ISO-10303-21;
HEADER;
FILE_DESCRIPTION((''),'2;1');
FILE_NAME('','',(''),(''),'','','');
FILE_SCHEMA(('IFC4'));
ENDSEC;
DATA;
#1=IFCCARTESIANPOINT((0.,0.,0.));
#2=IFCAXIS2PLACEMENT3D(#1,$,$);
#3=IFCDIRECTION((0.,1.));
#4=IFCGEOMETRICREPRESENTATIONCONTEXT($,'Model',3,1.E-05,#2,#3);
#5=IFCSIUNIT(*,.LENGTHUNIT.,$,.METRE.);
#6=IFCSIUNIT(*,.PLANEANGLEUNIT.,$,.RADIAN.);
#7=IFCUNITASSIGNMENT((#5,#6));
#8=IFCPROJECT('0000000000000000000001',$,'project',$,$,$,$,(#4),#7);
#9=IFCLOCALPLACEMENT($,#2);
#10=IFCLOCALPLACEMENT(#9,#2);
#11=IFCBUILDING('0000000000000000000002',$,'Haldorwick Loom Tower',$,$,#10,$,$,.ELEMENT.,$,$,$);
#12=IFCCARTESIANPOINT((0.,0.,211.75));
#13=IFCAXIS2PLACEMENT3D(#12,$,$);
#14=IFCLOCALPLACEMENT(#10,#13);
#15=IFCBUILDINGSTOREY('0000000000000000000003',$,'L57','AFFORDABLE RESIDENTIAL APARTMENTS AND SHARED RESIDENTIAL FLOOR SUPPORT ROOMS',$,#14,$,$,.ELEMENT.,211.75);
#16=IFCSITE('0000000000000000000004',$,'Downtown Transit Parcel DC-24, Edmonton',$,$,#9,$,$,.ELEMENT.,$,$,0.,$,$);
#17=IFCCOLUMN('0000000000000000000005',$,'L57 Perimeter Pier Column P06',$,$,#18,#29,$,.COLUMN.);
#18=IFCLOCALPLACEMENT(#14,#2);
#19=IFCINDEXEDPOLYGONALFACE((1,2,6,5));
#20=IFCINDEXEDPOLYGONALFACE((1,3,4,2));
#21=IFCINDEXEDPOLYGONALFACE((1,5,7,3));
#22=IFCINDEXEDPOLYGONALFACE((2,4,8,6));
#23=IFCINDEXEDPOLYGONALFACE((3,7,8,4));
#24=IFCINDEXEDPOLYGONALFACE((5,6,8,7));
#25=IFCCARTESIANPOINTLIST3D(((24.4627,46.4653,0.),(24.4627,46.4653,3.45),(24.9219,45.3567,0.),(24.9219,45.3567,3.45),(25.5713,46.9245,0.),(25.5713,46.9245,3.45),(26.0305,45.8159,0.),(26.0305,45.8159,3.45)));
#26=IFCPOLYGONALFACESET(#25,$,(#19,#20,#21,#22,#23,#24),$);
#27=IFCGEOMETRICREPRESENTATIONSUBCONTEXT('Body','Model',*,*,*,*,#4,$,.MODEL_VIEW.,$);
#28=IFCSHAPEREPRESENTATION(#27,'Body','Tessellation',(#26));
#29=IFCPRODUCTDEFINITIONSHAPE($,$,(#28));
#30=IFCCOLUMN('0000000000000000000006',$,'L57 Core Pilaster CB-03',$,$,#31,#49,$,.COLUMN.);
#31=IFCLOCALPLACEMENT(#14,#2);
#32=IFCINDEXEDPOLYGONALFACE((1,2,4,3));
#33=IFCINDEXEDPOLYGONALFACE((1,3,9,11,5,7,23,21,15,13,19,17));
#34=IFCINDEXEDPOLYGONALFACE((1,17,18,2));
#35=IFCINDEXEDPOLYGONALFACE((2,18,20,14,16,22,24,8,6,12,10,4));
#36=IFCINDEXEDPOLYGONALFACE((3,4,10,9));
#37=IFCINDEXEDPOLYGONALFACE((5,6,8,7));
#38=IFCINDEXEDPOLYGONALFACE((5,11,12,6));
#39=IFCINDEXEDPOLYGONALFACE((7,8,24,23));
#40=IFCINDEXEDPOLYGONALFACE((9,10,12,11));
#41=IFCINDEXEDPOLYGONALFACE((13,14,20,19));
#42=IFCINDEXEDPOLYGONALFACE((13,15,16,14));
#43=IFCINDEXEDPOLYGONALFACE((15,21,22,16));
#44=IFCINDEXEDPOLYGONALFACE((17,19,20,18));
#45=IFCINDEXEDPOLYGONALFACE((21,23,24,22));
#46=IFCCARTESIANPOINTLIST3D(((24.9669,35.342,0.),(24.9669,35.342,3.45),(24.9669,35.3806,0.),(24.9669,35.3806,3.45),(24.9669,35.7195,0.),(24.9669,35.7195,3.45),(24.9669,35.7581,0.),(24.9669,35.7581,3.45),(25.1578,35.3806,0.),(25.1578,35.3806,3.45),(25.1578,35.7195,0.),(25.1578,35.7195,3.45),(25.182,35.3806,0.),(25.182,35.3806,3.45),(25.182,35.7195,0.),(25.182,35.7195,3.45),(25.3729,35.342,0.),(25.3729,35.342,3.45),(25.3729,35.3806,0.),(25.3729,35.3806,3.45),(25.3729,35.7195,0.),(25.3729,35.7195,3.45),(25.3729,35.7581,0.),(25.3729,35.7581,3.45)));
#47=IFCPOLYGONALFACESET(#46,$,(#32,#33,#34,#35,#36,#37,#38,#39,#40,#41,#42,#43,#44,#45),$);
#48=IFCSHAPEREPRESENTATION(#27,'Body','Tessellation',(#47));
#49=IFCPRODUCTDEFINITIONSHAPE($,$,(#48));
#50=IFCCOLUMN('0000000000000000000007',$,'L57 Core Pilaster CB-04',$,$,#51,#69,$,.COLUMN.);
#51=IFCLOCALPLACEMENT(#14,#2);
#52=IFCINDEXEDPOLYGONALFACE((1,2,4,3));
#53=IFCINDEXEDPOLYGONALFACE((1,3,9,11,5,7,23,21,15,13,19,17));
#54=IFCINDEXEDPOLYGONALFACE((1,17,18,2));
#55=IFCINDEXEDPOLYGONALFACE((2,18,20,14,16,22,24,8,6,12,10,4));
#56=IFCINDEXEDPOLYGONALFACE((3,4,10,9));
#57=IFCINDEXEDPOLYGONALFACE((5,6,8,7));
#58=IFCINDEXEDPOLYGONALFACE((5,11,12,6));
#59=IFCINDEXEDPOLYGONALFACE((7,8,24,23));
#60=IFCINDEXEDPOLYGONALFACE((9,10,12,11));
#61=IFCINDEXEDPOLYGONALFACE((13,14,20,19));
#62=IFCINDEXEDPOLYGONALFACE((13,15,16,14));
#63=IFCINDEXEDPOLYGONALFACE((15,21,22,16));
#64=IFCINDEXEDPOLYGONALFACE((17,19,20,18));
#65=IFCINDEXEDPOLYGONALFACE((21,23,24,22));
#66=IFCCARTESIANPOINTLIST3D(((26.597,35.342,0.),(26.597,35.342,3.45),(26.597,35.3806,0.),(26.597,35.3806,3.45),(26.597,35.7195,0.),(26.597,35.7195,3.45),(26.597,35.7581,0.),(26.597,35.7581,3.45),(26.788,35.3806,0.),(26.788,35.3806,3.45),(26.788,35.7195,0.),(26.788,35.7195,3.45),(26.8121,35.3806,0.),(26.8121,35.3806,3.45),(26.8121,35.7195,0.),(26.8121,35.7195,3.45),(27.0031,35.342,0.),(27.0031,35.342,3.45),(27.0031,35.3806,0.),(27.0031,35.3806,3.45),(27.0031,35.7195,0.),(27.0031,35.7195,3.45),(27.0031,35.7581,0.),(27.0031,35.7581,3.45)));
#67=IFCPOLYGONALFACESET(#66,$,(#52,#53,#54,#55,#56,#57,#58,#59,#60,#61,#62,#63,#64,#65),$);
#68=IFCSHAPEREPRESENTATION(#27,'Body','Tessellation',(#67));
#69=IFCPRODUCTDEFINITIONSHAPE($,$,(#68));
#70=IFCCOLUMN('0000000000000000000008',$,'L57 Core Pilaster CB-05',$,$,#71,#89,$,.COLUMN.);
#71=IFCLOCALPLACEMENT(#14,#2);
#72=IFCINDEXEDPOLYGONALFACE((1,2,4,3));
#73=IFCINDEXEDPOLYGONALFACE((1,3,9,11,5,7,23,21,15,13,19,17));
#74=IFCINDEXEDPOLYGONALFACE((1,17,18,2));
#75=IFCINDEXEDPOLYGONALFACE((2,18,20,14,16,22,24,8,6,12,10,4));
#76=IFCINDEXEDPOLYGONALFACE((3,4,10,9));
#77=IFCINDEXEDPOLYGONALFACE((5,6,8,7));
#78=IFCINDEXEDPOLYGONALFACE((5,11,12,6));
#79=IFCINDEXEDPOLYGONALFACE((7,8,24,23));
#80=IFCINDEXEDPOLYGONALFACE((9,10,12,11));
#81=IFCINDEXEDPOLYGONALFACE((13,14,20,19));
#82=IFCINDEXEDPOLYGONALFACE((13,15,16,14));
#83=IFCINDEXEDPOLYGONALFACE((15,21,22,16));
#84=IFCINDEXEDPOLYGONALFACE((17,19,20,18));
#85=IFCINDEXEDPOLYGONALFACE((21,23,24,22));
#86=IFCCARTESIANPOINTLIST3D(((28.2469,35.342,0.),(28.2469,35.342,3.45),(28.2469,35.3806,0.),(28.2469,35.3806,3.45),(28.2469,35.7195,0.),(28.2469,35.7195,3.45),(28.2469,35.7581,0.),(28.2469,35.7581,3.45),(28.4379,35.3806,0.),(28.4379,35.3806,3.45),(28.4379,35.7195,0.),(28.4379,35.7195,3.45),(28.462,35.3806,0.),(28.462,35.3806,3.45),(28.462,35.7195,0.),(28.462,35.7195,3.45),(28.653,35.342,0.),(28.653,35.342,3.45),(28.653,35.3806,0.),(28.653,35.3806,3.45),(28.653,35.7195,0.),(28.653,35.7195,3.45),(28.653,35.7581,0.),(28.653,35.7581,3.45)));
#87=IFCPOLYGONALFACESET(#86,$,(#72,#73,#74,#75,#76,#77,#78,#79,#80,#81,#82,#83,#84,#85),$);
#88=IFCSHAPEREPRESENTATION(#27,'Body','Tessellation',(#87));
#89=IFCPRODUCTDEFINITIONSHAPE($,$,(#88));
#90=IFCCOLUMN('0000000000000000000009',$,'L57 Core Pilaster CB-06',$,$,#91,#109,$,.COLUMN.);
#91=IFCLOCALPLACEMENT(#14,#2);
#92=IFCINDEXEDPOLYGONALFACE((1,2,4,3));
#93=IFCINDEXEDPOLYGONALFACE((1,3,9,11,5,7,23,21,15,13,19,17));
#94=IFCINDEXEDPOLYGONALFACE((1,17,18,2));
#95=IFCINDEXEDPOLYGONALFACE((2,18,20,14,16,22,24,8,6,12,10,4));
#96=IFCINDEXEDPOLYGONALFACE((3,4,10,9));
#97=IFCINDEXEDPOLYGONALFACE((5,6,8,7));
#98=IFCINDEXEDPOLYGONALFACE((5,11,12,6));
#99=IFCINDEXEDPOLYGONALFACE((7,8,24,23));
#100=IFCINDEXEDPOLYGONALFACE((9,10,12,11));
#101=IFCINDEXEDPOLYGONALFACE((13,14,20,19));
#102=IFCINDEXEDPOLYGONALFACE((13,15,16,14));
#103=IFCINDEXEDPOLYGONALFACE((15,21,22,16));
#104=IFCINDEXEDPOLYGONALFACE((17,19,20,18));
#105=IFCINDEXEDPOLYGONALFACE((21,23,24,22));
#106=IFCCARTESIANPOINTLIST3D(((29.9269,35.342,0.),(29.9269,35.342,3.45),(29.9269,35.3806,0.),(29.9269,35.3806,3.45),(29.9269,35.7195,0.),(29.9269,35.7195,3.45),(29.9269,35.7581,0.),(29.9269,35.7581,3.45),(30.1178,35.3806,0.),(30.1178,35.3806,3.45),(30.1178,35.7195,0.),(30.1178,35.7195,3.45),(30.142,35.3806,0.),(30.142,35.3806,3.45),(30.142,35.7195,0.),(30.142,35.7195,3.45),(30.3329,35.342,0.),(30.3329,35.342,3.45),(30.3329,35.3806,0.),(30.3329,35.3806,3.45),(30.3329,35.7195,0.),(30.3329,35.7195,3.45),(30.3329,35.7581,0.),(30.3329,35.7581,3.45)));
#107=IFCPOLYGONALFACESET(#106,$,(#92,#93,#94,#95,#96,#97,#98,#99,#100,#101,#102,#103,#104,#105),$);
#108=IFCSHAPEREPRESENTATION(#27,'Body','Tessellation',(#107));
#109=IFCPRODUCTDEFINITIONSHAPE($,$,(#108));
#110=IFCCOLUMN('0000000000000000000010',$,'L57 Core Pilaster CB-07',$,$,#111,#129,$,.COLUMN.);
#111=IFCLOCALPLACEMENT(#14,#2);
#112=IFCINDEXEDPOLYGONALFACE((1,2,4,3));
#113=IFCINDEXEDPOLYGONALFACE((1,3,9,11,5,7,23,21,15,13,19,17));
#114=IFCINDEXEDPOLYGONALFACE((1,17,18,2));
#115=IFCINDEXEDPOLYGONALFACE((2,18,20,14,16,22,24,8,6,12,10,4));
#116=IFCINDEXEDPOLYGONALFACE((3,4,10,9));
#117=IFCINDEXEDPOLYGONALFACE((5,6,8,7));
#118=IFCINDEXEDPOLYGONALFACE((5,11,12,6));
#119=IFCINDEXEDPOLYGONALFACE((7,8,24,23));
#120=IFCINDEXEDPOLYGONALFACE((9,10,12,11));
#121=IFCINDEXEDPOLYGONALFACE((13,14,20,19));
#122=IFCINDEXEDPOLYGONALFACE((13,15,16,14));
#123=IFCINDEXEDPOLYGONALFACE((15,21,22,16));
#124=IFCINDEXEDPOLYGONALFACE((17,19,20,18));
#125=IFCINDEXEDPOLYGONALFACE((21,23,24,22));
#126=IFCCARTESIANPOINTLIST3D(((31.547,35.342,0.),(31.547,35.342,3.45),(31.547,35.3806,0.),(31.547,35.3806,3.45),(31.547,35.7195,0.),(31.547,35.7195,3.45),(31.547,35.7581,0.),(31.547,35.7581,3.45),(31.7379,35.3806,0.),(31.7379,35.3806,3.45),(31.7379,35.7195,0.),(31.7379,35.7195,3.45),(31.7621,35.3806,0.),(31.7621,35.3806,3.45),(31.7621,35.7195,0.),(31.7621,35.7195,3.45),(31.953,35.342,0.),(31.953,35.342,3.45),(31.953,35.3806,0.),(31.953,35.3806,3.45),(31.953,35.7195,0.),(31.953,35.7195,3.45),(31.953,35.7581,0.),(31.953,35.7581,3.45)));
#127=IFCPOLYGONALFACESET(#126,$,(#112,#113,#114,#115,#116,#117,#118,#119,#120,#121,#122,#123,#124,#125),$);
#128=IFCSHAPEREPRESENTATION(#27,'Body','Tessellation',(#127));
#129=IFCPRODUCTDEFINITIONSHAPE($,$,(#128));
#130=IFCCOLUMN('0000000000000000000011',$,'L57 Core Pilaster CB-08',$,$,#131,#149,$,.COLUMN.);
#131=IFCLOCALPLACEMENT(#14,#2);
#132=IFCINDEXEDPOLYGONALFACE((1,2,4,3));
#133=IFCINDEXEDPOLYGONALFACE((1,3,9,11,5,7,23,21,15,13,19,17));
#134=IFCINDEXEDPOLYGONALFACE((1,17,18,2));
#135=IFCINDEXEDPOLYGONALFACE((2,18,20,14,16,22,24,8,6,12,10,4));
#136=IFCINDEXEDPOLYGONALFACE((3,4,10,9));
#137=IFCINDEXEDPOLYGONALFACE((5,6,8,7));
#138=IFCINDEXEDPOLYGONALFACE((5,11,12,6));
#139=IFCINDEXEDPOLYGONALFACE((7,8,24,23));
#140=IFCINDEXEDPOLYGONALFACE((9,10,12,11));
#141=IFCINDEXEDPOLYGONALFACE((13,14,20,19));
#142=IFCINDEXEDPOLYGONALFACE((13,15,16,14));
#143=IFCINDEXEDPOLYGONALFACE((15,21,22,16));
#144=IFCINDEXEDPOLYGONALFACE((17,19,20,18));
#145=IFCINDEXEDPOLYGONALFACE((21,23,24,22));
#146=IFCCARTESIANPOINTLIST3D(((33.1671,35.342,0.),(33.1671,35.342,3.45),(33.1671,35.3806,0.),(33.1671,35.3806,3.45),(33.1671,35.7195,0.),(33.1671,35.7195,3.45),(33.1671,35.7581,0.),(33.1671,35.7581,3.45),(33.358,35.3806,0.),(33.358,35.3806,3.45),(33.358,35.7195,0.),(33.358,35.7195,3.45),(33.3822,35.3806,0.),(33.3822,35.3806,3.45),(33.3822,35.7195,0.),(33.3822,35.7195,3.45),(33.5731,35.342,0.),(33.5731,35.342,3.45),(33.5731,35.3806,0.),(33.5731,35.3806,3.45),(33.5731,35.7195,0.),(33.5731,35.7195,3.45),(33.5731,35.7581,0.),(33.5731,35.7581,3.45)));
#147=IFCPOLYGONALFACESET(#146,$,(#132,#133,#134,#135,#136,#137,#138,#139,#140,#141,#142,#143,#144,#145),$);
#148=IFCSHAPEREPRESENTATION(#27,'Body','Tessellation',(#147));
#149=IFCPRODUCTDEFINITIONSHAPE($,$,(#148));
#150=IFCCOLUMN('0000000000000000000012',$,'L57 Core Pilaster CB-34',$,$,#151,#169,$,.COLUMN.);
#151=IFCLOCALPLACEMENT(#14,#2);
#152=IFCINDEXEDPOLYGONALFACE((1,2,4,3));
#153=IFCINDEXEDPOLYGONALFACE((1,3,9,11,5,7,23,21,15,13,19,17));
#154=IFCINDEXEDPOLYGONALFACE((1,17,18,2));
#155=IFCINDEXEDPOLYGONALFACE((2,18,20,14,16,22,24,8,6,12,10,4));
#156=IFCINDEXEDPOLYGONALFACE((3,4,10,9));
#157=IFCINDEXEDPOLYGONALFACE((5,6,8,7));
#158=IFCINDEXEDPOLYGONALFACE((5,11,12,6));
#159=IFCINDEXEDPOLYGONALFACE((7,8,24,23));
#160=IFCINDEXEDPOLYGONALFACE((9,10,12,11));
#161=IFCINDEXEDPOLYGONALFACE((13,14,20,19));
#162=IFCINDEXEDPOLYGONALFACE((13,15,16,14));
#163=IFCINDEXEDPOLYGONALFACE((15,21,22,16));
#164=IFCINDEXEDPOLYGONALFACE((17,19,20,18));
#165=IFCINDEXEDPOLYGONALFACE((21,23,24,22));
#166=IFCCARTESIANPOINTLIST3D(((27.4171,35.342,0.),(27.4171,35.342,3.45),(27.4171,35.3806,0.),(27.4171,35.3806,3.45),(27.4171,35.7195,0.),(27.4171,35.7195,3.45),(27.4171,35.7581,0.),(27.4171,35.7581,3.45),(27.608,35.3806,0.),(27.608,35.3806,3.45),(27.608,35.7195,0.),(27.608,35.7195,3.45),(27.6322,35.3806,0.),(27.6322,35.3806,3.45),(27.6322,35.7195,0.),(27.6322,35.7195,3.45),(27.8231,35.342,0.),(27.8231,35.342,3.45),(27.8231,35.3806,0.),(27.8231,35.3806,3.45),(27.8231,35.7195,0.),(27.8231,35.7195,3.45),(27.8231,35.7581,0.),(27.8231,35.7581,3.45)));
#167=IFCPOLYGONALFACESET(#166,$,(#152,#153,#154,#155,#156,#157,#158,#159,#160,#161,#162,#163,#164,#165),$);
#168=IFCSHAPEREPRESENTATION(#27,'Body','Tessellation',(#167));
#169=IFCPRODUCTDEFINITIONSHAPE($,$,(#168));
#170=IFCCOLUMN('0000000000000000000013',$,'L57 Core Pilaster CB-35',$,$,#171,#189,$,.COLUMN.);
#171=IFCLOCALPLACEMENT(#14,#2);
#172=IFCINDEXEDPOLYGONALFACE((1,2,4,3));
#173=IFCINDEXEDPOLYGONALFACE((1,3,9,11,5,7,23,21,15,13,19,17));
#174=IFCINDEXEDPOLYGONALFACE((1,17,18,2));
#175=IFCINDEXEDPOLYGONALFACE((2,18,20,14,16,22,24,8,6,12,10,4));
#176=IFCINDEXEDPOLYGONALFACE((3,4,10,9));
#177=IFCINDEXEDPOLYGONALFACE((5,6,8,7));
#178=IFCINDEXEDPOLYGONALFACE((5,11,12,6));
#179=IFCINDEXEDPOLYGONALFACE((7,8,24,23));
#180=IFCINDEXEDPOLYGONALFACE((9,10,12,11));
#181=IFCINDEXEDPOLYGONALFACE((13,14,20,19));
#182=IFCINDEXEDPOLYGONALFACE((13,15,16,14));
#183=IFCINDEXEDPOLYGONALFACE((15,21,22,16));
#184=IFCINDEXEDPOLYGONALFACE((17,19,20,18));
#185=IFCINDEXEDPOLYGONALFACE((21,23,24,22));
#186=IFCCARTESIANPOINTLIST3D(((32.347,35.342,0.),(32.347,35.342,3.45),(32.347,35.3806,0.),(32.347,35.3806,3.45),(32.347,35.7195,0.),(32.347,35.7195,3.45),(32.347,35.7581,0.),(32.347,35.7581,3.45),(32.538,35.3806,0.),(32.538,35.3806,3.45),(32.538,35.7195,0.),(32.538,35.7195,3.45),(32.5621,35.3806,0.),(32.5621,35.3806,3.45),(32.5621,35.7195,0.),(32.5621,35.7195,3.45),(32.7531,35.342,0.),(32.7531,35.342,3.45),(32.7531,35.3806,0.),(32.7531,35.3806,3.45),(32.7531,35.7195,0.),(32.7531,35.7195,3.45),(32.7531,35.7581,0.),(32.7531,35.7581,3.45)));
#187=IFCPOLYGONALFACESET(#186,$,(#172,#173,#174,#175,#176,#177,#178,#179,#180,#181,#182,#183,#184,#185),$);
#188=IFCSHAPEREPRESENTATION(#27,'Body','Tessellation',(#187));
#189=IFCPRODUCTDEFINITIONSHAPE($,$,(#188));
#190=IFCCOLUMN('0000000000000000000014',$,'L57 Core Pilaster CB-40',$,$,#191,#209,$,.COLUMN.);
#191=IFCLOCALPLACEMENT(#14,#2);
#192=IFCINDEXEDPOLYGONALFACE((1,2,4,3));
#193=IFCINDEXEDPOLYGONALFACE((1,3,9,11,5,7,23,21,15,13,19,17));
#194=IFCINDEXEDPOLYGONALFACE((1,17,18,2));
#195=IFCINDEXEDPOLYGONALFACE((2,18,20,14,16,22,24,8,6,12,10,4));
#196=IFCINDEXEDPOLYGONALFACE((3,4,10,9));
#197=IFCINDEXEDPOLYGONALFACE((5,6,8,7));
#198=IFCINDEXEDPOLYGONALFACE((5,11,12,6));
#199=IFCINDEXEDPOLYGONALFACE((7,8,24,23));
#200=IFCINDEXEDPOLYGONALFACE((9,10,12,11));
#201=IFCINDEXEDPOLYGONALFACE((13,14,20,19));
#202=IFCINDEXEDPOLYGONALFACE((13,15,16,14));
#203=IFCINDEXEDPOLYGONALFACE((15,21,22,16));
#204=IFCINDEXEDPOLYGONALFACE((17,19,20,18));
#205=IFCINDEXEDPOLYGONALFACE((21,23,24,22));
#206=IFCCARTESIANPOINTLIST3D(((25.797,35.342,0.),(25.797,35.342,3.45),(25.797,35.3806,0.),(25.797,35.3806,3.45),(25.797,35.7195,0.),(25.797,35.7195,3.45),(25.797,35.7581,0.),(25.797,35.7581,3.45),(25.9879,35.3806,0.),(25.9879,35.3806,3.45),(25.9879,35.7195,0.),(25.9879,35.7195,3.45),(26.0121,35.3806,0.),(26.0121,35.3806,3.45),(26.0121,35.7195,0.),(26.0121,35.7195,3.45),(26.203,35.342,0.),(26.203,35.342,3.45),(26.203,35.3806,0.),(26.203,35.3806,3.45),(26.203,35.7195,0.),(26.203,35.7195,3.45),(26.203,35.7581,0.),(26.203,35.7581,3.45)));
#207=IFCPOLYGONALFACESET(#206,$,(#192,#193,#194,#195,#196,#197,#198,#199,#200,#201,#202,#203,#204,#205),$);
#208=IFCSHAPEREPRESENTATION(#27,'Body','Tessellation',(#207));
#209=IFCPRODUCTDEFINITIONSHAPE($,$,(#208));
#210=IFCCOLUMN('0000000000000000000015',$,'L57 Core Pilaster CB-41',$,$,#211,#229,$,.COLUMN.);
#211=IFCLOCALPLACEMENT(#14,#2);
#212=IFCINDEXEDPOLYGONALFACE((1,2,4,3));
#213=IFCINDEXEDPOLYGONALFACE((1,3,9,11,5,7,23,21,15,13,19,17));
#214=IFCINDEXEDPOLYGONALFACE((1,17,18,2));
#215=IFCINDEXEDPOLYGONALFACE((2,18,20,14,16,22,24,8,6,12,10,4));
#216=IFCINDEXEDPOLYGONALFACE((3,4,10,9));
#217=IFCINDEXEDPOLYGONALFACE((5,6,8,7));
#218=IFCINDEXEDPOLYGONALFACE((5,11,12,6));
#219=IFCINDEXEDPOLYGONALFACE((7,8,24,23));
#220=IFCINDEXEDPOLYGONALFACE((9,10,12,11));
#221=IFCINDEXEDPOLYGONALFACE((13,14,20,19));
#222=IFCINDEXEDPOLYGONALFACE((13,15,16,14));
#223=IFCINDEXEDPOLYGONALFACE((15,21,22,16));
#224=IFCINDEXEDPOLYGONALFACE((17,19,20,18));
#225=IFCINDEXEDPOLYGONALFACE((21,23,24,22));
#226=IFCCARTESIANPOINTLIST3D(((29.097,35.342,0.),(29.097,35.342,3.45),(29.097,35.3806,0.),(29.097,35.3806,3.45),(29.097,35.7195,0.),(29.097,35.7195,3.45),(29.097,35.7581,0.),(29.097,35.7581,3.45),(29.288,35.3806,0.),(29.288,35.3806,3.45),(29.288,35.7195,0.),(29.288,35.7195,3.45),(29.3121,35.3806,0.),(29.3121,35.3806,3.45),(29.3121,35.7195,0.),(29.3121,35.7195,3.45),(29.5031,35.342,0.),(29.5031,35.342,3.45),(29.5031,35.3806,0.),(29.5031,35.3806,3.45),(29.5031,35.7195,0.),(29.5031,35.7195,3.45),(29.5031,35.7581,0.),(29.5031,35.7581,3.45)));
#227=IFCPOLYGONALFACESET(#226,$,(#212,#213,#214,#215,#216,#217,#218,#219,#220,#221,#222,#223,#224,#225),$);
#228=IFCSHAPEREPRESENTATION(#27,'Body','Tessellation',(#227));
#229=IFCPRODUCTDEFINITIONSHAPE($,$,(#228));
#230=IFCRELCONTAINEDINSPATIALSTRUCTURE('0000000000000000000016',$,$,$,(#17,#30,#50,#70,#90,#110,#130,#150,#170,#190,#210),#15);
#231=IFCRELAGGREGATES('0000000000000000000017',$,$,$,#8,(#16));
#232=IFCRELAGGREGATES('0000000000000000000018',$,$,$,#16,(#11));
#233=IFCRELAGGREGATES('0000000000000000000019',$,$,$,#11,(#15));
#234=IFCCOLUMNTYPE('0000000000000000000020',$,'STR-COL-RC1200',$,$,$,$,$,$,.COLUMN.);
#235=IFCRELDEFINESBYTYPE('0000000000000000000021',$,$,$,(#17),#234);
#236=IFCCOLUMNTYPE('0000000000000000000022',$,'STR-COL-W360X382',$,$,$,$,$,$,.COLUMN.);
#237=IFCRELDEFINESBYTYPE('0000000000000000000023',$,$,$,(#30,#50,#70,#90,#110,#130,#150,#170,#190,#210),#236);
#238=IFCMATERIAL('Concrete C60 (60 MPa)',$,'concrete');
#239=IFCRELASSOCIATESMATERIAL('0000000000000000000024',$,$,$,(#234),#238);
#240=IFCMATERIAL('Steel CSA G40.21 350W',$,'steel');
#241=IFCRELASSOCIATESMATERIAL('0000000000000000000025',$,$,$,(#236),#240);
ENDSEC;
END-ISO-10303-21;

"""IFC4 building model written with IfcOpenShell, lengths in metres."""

from ifc_helpers import new_model, si_unit, direction, frame, origin, origin_2d, place, context, subcontext, project, spatial, rectangle, i_section, extrude, material, material_profile, profile_set, type_object, element, save


model = new_model("IFC4")

# Units and contexts
model_context = context("Model", 3, precision=1e-05, world=origin(), true_north=direction((0.0, 1.0)))
body_context = subcontext(model_context, "Body", "Model", "MODEL_VIEW")
ifc_project = project(units=[si_unit("LENGTHUNIT", "METRE"), si_unit("PLANEANGLEUNIT", "RADIAN")], contexts=[model_context])

# Site, building, storey
site_placement = place(None, origin())
site = spatial("IfcSite", under=ifc_project, at=site_placement, Name="Downtown Transit Parcel DC-24, Edmonton", CompositionType="ELEMENT", RefElevation=0.0)
building_placement = place(site_placement, origin())
building = spatial("IfcBuilding", under=site, at=building_placement, Name="Haldorwick Loom Tower", CompositionType="ELEMENT")
storey_placement = place(building_placement, frame((0.0, 0.0, 211.75)))
storey = spatial("IfcBuildingStorey", under=building, at=storey_placement, Name="L57", Description="AFFORDABLE RESIDENTIAL APARTMENTS AND SHARED RESIDENTIAL FLOOR SUPPORT ROOMS", CompositionType="ELEMENT", Elevation=211.75)

# Columns
ifc_material_1 = material(Name="Concrete C60 (60 MPa)", Category="concrete")
ifc_material_profile_1 = material_profile(ifc_material_1, rectangle(XDim=1.2, YDim=1.2, at=origin_2d()), Name="RC1200X1200", Category="concrete")
ifc_profile_set_1 = profile_set([ifc_material_profile_1], Name="Concrete C60 (60 MPa)")
column_type_1 = type_object("IfcColumnType", Name="STR-COL-RC1200", PredefinedType="COLUMN", material=ifc_profile_set_1)
column_placement = place(storey_placement, frame((25.2466, 46.1406, 0.0), z_axis=(0.0, 0.0, 1.0), x_axis=(-0.382683, 0.92388, 0.0)))
element("IfcColumn", 1, at=column_placement, inside=storey, type_object=column_type_1, Name="L57 Perimeter Pier Column P06", PredefinedType="COLUMN", context=body_context, shape_type="SweptSolid", body=[
    extrude(rectangle(XDim=1.2, YDim=1.2, at=origin_2d()), origin(), (0.0, 0.0, 1.0), 3.45),
])
ifc_material_2 = material(Name="Steel CSA G40.21 350W", Category="steel")
ifc_material_profile_2 = material_profile(ifc_material_2, i_section(OverallWidth=0.406, OverallDepth=0.416, WebThickness=0.0242, FlangeThickness=0.0386, at=origin_2d()), Name="W360X382", Category="steel")
ifc_profile_set_2 = profile_set([ifc_material_profile_2], Name="Steel CSA G40.21 350W")
column_type_2 = type_object("IfcColumnType", Name="STR-COL-W360X382", PredefinedType="COLUMN", material=ifc_profile_set_2)
for number, where, z_axis, x_axis, name in (
    (2, (25.1699, 35.55, 0.0), (0.0, 0.0, 1.0), (1.0, 0.0, 0.0), "L57 Core Pilaster CB-03"),
    (3, (26.8, 35.55, 0.0), (0.0, 0.0, 1.0), (1.0, 0.0, 0.0), "L57 Core Pilaster CB-04"),
    (4, (28.45, 35.55, 0.0), (0.0, 0.0, 1.0), (1.0, 0.0, 0.0), "L57 Core Pilaster CB-05"),
    (5, (30.1299, 35.55, 0.0), (0.0, 0.0, 1.0), (1.0, 0.0, 0.0), "L57 Core Pilaster CB-06"),
    (6, (31.75, 35.55, 0.0), (0.0, 0.0, 1.0), (1.0, 0.0, 0.0), "L57 Core Pilaster CB-07"),
    (7, (33.3701, 35.55, 0.0), (0.0, 0.0, 1.0), (1.0, 0.0, 0.0), "L57 Core Pilaster CB-08"),
    (8, (27.6201, 35.55, 0.0), (0.0, 0.0, 1.0), (1.0, 0.0, 0.0), "L57 Core Pilaster CB-34"),
    (9, (32.55, 35.55, 0.0), (0.0, 0.0, 1.0), (1.0, 0.0, 0.0), "L57 Core Pilaster CB-35"),
    (10, (26.0, 35.55, 0.0), (0.0, 0.0, 1.0), (1.0, 0.0, 0.0), "L57 Core Pilaster CB-40"),
    (11, (29.3, 35.55, 0.0), (0.0, 0.0, 1.0), (1.0, 0.0, 0.0), "L57 Core Pilaster CB-41"),
):
    element("IfcColumn", number, at=place(storey_placement, frame(where, z_axis=z_axis, x_axis=x_axis)), inside=storey, type_object=column_type_2, Name=name, PredefinedType="COLUMN", context=body_context, shape_type="SweptSolid", body=[
        extrude(i_section(OverallWidth=0.406, OverallDepth=0.416, WebThickness=0.0242, FlangeThickness=0.0386, at=origin_2d()), origin(), (0.0, 0.0, 1.0), 3.45),
    ])

save(model, "model.ifc")
